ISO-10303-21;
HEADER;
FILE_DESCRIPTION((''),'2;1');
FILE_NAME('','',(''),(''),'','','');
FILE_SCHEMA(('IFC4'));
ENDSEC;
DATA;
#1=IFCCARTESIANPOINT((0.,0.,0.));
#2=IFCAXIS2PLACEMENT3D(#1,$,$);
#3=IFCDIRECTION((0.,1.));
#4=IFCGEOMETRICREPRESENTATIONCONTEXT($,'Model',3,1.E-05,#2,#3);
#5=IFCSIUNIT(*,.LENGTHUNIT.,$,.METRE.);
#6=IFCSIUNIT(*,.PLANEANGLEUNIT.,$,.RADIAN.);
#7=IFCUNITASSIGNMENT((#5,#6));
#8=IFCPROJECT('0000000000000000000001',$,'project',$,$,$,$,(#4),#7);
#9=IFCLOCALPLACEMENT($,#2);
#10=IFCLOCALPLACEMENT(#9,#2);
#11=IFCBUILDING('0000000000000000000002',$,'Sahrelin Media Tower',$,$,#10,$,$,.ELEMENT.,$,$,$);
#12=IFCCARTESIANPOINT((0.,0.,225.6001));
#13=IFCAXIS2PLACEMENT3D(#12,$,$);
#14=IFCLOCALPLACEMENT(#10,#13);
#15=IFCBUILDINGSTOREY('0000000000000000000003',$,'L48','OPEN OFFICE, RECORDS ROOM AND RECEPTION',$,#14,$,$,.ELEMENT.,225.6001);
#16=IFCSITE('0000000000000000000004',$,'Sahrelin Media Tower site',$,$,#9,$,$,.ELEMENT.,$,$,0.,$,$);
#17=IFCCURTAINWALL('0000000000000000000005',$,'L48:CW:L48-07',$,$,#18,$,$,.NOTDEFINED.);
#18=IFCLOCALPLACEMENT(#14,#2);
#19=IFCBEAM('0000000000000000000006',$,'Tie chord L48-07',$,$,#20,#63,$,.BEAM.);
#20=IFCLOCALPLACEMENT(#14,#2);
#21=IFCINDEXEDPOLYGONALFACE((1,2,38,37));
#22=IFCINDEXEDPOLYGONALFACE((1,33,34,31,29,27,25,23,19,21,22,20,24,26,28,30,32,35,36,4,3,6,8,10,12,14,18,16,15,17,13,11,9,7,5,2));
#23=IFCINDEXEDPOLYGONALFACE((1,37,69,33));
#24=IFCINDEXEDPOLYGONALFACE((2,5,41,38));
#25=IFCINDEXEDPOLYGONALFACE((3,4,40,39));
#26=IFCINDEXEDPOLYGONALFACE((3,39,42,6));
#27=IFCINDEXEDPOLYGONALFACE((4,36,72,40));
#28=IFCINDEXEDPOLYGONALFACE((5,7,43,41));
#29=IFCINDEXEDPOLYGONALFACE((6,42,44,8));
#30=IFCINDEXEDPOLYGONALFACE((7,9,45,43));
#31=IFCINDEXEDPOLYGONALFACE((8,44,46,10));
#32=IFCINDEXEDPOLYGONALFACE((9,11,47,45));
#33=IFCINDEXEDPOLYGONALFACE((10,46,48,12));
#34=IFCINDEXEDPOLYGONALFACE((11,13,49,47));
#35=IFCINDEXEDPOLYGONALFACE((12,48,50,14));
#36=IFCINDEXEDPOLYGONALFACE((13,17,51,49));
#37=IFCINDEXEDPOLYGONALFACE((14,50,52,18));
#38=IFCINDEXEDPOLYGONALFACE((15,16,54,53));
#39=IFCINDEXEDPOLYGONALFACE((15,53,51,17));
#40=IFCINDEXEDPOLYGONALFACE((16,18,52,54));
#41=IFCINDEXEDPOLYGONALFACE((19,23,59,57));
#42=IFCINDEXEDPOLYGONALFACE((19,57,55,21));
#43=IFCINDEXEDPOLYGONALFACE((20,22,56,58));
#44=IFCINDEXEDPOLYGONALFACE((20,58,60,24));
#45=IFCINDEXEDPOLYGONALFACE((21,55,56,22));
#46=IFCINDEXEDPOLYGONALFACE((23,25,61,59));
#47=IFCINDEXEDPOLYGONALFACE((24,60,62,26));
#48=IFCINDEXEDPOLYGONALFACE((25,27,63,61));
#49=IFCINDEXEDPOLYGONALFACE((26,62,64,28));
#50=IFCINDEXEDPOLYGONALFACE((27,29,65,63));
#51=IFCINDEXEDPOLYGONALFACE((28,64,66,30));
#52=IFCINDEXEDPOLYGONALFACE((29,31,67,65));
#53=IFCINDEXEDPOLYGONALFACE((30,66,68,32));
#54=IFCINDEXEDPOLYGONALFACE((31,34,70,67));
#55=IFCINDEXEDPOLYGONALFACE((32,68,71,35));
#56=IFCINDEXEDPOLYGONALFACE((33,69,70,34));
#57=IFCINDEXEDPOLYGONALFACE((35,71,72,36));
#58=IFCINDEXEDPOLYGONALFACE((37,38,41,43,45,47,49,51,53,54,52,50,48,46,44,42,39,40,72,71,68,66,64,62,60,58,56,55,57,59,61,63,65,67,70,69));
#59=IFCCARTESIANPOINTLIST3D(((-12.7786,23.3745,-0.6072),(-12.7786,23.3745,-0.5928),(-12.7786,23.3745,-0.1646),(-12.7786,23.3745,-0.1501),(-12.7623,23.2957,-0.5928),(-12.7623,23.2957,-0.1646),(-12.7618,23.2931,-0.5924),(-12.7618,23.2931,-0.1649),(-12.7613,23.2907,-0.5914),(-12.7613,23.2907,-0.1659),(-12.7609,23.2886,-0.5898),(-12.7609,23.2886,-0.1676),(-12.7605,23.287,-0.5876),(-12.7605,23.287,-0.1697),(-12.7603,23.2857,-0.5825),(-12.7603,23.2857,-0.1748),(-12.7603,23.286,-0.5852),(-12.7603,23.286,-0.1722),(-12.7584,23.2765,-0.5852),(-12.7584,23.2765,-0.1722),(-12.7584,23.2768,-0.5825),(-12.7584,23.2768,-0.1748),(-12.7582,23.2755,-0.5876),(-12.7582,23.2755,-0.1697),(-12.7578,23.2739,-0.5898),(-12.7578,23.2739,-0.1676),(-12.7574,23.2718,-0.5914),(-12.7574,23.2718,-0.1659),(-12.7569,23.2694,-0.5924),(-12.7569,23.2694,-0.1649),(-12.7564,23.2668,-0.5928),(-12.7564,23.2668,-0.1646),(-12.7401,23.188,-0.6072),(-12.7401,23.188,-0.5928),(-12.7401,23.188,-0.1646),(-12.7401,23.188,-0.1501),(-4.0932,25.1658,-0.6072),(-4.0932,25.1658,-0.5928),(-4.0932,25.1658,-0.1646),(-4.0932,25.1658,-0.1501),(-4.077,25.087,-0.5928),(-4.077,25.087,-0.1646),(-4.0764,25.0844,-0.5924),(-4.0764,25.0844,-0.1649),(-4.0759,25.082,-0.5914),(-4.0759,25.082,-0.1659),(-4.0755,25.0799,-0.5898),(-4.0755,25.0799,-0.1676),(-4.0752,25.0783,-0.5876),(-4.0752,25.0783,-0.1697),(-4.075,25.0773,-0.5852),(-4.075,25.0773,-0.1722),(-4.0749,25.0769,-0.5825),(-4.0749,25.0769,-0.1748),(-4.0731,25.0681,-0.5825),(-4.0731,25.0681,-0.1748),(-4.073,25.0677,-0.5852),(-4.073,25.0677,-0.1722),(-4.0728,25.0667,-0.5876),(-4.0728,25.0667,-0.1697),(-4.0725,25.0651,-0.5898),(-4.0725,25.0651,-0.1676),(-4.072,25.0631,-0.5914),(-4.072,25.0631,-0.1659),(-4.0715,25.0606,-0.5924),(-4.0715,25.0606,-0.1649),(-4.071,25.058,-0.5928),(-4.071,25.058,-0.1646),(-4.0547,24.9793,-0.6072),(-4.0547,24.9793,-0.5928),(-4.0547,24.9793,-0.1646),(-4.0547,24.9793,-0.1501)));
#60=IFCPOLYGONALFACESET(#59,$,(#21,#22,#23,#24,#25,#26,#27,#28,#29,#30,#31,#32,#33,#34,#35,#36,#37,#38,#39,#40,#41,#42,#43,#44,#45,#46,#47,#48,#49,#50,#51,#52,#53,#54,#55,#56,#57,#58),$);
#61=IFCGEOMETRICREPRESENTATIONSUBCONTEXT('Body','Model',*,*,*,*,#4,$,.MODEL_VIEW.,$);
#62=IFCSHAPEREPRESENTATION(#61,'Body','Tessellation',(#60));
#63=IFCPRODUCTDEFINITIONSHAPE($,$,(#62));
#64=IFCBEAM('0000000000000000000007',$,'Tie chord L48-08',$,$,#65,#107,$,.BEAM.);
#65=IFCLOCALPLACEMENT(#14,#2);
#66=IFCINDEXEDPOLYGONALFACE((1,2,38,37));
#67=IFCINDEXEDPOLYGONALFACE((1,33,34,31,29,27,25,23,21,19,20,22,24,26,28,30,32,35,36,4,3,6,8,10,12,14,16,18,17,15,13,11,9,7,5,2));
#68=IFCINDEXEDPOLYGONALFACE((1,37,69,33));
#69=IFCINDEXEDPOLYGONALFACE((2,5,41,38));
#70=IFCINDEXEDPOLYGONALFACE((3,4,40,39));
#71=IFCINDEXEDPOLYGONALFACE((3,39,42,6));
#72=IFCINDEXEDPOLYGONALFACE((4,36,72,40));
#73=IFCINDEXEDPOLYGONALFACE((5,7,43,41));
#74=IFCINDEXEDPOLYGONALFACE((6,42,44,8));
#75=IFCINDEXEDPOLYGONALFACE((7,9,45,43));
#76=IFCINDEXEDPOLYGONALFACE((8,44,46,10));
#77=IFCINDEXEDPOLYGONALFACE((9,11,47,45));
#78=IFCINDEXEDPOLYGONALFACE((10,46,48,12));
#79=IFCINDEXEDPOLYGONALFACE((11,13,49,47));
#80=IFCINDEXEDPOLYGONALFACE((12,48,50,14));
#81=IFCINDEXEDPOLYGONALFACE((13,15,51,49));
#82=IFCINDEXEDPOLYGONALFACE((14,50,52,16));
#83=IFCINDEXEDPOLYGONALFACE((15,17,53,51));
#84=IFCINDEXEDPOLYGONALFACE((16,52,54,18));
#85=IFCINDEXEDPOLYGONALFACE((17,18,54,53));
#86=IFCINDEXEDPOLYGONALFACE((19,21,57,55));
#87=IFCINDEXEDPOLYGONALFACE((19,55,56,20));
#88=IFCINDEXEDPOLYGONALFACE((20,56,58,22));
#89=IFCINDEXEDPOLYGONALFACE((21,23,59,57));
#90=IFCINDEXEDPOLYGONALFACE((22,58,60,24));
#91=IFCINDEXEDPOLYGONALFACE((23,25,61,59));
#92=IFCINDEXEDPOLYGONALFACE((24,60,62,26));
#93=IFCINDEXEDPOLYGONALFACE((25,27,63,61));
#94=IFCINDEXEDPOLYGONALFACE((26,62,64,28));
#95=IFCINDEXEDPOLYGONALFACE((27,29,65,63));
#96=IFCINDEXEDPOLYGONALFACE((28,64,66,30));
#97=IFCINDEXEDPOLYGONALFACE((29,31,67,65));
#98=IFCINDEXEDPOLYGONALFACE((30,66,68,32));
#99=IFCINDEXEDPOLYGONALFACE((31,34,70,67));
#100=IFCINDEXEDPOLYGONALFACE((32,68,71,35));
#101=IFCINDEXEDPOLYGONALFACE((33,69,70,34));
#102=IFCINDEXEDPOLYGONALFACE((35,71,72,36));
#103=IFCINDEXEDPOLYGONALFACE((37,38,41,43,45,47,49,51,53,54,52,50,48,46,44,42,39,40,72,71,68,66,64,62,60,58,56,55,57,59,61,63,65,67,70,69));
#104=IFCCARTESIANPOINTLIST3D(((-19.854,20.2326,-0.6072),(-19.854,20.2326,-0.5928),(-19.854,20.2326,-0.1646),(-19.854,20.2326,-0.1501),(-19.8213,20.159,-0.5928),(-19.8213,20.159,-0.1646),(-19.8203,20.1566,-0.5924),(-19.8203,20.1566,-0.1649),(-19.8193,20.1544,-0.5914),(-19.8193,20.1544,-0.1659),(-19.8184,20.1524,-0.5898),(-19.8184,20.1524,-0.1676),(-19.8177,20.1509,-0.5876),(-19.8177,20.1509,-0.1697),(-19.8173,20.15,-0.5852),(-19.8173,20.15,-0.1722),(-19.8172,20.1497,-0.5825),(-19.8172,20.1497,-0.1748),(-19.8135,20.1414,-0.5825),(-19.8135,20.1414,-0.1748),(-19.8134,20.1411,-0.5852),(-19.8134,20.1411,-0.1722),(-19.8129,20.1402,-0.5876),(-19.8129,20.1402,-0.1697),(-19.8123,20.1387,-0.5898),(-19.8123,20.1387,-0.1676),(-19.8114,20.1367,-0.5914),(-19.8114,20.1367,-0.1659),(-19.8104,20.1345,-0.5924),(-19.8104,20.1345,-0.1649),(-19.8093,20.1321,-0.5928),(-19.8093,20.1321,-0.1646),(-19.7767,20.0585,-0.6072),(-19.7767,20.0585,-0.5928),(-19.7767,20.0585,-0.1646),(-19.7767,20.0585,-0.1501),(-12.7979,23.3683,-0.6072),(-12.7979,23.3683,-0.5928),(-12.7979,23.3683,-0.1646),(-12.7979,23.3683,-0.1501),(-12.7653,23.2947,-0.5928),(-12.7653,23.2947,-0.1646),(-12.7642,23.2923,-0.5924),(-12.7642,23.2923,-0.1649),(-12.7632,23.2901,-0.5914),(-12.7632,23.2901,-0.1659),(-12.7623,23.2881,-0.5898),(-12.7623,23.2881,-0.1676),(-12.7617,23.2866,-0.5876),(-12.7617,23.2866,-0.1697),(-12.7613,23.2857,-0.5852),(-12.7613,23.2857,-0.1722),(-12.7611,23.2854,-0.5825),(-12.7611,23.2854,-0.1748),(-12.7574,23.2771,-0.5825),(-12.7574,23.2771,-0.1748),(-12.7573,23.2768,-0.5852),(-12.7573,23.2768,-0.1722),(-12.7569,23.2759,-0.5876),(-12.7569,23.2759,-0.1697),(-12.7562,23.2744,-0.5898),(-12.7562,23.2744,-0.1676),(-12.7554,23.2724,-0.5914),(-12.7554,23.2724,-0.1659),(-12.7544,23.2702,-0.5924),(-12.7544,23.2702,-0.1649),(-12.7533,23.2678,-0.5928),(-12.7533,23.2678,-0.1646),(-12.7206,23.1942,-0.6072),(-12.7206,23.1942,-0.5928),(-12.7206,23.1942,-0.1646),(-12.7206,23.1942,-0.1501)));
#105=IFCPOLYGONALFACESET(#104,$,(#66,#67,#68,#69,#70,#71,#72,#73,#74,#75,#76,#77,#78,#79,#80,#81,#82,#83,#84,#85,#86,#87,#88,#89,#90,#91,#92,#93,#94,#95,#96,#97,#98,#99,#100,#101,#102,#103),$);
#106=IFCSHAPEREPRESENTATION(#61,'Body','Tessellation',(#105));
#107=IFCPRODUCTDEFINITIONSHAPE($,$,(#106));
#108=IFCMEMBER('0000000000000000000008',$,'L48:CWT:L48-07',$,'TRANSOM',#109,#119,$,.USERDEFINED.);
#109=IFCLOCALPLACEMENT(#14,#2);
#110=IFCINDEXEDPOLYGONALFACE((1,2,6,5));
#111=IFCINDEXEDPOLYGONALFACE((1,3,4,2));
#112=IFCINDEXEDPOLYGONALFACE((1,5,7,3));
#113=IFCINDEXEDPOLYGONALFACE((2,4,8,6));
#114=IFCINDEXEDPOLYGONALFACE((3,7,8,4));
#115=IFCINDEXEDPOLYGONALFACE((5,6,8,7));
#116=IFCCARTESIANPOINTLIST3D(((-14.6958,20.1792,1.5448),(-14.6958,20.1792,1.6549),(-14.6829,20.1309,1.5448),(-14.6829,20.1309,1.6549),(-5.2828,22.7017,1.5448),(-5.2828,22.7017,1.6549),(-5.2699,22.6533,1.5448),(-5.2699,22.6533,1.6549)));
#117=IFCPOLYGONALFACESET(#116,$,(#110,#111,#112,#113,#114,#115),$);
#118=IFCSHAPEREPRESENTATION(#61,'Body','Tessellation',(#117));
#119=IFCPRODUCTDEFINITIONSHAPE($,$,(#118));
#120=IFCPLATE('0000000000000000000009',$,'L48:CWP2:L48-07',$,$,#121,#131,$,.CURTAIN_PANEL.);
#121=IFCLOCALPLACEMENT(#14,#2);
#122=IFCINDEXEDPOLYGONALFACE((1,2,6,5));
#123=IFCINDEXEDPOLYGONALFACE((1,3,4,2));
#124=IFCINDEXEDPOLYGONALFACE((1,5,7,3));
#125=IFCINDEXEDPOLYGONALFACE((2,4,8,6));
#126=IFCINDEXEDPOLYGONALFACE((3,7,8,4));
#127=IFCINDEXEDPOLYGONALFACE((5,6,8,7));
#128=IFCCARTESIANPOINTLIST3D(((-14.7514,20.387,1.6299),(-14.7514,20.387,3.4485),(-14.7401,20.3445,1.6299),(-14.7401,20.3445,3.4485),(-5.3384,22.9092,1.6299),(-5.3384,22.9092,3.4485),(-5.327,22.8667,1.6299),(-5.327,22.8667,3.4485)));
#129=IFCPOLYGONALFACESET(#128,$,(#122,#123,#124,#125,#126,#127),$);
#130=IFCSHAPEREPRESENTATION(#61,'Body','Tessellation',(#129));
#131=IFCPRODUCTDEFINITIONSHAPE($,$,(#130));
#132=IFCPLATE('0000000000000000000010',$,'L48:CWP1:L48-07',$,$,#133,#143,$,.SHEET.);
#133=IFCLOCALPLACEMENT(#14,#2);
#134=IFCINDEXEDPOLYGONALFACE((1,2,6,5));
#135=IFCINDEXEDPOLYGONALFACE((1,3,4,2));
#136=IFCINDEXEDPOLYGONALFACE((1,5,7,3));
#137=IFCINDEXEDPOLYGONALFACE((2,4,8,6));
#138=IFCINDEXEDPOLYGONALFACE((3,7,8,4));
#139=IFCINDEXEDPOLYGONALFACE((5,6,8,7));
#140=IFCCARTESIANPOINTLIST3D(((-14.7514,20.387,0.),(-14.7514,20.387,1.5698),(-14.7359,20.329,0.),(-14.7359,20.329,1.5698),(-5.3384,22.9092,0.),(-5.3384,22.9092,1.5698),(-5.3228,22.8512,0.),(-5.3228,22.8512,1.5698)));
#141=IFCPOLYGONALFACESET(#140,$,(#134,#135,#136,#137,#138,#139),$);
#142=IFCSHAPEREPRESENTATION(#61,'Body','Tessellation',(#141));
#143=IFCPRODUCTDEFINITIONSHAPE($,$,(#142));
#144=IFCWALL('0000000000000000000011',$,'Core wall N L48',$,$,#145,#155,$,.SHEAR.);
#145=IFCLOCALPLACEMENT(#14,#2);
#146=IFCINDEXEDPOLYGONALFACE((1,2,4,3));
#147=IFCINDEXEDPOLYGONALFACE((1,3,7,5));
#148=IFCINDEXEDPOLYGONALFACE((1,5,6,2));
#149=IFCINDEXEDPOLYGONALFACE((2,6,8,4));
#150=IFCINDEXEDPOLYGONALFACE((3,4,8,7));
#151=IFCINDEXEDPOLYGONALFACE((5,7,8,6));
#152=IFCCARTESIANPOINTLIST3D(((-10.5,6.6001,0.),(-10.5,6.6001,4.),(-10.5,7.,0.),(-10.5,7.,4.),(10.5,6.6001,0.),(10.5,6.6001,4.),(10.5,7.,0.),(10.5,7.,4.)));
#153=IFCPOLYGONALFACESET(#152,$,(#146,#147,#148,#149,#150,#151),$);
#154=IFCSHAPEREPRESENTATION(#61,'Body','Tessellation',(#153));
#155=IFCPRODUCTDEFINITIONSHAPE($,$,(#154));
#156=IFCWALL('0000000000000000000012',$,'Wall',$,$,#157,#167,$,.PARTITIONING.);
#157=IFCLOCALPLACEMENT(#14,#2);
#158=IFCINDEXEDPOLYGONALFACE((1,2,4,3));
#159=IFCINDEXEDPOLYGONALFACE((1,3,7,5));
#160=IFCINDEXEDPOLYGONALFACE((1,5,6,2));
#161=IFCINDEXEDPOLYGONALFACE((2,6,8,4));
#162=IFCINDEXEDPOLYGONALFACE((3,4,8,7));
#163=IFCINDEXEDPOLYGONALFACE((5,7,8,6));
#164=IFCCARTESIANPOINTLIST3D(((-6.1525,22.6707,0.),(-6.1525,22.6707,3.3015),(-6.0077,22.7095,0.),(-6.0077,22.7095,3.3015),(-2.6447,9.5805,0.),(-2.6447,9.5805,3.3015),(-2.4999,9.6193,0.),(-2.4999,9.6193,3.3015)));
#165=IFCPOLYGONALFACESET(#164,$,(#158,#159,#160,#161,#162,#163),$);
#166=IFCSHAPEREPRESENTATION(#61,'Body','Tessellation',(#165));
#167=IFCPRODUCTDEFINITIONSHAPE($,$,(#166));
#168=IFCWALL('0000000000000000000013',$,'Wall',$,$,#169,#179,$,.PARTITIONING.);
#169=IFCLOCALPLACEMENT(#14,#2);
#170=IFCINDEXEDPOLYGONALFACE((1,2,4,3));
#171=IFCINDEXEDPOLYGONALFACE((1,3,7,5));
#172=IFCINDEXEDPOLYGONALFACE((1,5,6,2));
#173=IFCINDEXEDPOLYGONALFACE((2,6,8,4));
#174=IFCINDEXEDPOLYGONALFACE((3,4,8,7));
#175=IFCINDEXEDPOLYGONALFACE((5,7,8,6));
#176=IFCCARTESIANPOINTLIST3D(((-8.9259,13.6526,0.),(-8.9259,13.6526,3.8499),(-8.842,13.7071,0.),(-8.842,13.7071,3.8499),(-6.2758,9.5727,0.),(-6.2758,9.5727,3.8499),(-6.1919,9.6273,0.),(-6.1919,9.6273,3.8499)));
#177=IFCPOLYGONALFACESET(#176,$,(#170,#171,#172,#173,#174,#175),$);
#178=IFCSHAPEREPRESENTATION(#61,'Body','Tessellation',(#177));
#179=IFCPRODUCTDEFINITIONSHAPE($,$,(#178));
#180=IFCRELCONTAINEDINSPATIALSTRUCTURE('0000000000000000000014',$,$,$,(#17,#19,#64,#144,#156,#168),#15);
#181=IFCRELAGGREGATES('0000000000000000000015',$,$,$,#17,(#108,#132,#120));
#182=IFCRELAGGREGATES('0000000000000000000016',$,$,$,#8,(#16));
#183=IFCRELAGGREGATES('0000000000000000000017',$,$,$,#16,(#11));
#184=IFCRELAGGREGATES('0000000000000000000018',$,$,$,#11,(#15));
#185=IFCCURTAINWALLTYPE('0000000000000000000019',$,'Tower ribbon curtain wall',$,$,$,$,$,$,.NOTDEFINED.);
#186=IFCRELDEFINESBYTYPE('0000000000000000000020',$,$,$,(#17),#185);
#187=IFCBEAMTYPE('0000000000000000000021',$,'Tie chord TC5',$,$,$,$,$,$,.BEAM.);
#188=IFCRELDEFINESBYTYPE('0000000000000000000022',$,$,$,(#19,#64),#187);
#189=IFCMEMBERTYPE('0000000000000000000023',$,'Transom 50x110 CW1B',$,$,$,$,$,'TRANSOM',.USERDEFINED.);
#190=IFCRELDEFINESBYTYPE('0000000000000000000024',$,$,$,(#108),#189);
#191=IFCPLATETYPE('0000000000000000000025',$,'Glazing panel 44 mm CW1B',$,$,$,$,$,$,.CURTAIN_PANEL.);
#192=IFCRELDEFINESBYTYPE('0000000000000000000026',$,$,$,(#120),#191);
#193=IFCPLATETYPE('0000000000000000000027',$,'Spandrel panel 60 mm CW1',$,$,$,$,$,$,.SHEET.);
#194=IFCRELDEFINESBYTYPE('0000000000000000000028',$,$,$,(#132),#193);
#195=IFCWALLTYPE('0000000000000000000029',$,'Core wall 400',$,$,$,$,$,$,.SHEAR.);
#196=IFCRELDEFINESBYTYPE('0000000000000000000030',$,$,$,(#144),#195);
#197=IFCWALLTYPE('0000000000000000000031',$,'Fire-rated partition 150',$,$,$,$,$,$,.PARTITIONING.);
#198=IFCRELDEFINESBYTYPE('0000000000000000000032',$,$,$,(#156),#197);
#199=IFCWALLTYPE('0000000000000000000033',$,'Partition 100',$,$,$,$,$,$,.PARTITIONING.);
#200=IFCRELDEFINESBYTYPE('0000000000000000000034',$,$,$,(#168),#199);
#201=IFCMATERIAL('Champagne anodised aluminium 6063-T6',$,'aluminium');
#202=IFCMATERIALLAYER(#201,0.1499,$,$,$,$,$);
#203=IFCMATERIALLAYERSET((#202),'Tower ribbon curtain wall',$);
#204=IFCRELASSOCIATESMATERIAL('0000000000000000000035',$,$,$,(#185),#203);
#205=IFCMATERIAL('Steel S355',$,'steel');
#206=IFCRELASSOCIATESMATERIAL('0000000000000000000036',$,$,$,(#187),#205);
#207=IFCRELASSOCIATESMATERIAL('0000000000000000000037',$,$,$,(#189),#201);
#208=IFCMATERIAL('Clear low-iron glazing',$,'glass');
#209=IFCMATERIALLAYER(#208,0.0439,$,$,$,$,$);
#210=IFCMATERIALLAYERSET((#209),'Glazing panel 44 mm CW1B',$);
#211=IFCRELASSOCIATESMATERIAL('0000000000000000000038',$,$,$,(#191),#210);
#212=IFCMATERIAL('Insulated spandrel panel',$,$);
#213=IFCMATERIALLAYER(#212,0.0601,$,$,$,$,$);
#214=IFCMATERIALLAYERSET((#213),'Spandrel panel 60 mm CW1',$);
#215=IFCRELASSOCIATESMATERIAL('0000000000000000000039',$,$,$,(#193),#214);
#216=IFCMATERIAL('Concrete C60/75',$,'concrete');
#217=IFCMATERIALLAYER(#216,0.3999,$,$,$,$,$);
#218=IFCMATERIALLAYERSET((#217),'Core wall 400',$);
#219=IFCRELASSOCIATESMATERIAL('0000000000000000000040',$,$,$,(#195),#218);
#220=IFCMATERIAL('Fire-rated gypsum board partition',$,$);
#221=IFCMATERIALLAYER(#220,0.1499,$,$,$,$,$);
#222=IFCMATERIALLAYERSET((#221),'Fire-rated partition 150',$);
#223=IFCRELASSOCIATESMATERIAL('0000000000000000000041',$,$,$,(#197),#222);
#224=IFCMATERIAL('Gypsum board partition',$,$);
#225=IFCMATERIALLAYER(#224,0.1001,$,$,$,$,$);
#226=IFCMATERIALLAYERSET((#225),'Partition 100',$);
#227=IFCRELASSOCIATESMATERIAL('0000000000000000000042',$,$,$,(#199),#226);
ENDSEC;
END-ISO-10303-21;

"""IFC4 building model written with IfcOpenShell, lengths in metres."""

from ifc_helpers import new_model, si_unit, direction, frame, frame_2d, origin, origin_2d, place, context, subcontext, project, spatial, polyline, rectangle, i_section, outline, extrude, material, layer, layer_set, material_profile, profile_set, type_object, element, aggregate, save


model = new_model("IFC4")

# Units and contexts
model_context = context("Model", 3, precision=1e-05, world=origin(), true_north=direction((0.0, 1.0)))
body_context = subcontext(model_context, "Body", "Model", "MODEL_VIEW")
ifc_project = project(units=[si_unit("LENGTHUNIT", "METRE"), si_unit("PLANEANGLEUNIT", "RADIAN")], contexts=[model_context])

# Site, building, storey
site_placement = place(None, origin())
site = spatial("IfcSite", under=ifc_project, at=site_placement, Name="Sahrelin Media Tower site", CompositionType="ELEMENT", RefElevation=0.0)
building_placement = place(site_placement, origin())
building = spatial("IfcBuilding", under=site, at=building_placement, Name="Sahrelin Media Tower", CompositionType="ELEMENT")
storey_placement = place(building_placement, frame((0.0, 0.0, 225.6001)))
storey = spatial("IfcBuildingStorey", under=building, at=storey_placement, Name="L48", Description="OPEN OFFICE, RECORDS ROOM AND RECEPTION", CompositionType="ELEMENT", Elevation=225.6001)

# Shared definitions
ifc_material_1 = material(Name="Steel S355", Category="steel")

# Curtain wall
ifc_material_2 = material(Name="Champagne anodised aluminium 6063-T6", Category="aluminium")
ifc_layer_1 = layer(ifc_material_2, 0.1499)
ifc_layer_set_1 = layer_set([ifc_layer_1], Name="Tower ribbon curtain wall")
curtain_wall_type = type_object("IfcCurtainWallType", Name="Tower ribbon curtain wall", PredefinedType="NOTDEFINED", material=ifc_layer_set_1)
curtain_wall_1_placement = place(storey_placement, frame((-10.0398, 21.6287, 0.0), z_axis=(0.0, 0.0, 1.0), x_axis=(1.0, 0.0, 0.0)))
curtain_wall_1 = element("IfcCurtainWall", 1, at=curtain_wall_1_placement, inside=storey, type_object=curtain_wall_type, Name="L48:CW:L48-07", PredefinedType="NOTDEFINED")

# Beams
ifc_material_profile_1 = material_profile(ifc_material_1, i_section(OverallWidth=0.1904, OverallDepth=0.457, WebThickness=0.009, FlangeThickness=0.0144, FilletRadius=0.0103, at=origin_2d()), Name="UB 457x191x74")
ifc_profile_set_1 = profile_set([ifc_material_profile_1], Name="Steel S355")
beam_type_1 = type_object("IfcBeamType", Name="Tie chord TC5", PredefinedType="BEAM", material=ifc_profile_set_1)
beam_1_placement = place(storey_placement, frame((-4.074, 25.0725, -0.3787), z_axis=(-0.979388, -0.201989, 0.0), x_axis=(0.201989, -0.979388, 0.0)))
element("IfcBeam", 2, at=beam_1_placement, inside=storey, type_object=beam_type_1, Name="Tie chord L48-07", PredefinedType="BEAM", context=body_context, shape_type="SweptSolid", body=[
    extrude(i_section(OverallWidth=0.1904, OverallDepth=0.457, WebThickness=0.009, FlangeThickness=0.0144, FilletRadius=0.0103, at=origin_2d()), origin(), (0.0, 0.0, 1.0), 8.8682),
])
beam_2_placement = place(storey_placement, frame((-12.7593, 23.2812, -0.3787), z_axis=(-0.913827, -0.406103, 0.0), x_axis=(0.406103, -0.913827, 0.0)))
element("IfcBeam", 3, at=beam_2_placement, inside=storey, type_object=beam_type_1, Name="Tie chord L48-08", PredefinedType="BEAM", context=body_context, shape_type="SweptSolid", body=[
    extrude(i_section(OverallWidth=0.1904, OverallDepth=0.457, WebThickness=0.009, FlangeThickness=0.0144, FilletRadius=0.0103, at=origin_2d()), origin(), (0.0, 0.0, 1.0), 7.7214),
])

# Member
ifc_material_profile_2 = material_profile(ifc_material_2, rectangle(XDim=0.05, YDim=0.1101, at=origin_2d()), Name="Transom 50x110")
ifc_profile_set_2 = profile_set([ifc_material_profile_2], Name="Champagne anodised aluminium 6063-T6")
member_type_1 = type_object("IfcMemberType", Name="Transom 50x110 CW1B", ElementType="TRANSOM", PredefinedType="USERDEFINED", material=ifc_profile_set_2)
member_1_placement = place(storey_placement, frame((-5.2764, 22.6775, 1.5999), z_axis=(-0.96592, -0.258841, 0.0), x_axis=(0.258841, -0.96592, 0.0)))
member_1 = element("IfcMember", 4, at=member_1_placement, type_object=member_type_1, Name="L48:CWT:L48-07", ObjectType="TRANSOM", PredefinedType="USERDEFINED", context=body_context, shape_type="SweptSolid", body=[
    extrude(rectangle(XDim=0.05, YDim=0.1101, at=origin_2d()), origin(), (0.0, 0.0, 1.0), 9.7451),
])

# Plates
ifc_material_3 = material(Name="Clear low-iron glazing", Category="glass")
ifc_layer_2 = layer(ifc_material_3, 0.0439)
ifc_layer_set_2 = layer_set([ifc_layer_2], Name="Glazing panel 44 mm CW1B")
plate_type_1 = type_object("IfcPlateType", Name="Glazing panel 44 mm CW1B", PredefinedType="CURTAIN_PANEL", material=ifc_layer_set_2)
plate_1_placement = place(storey_placement, frame((-5.3384, 22.9092, 1.6299), z_axis=(-0.258818, 0.965926, 0.0), x_axis=(-0.965926, -0.258818, 0.0)))
plate_1 = element("IfcPlate", 5, at=plate_1_placement, type_object=plate_type_1, Name="L48:CWP2:L48-07", PredefinedType="CURTAIN_PANEL", context=body_context, shape_type="SweptSolid", body=[
    extrude(outline(polyline([(0.0, 0.0), (9.7451, 0.0), (9.7451, 1.8186), (0.0, 1.8186), (0.0, 0.0)])), origin(), (0.0, 0.0, -1.0), 0.0439),
])
ifc_material_4 = material(Name="Insulated spandrel panel")
ifc_layer_3 = layer(ifc_material_4, 0.0601)
ifc_layer_set_3 = layer_set([ifc_layer_3], Name="Spandrel panel 60 mm CW1")
plate_type_2 = type_object("IfcPlateType", Name="Spandrel panel 60 mm CW1", PredefinedType="SHEET", material=ifc_layer_set_3)
plate_2_placement = place(storey_placement, frame((-5.3384, 22.9092, 0.0), z_axis=(-0.258818, 0.965926, 0.0), x_axis=(-0.965926, -0.258818, 0.0)))
plate_2 = element("IfcPlate", 6, at=plate_2_placement, type_object=plate_type_2, Name="L48:CWP1:L48-07", PredefinedType="SHEET", context=body_context, shape_type="SweptSolid", body=[
    extrude(outline(polyline([(0.0, 0.0), (9.7451, 0.0), (9.7451, 1.5698), (0.0, 1.5698), (0.0, 0.0)])), origin(), (0.0, 0.0, -1.0), 0.0601),
])
aggregate(curtain_wall_1, [member_1, plate_2, plate_1])

# Walls
ifc_material_5 = material(Name="Concrete C60/75", Category="concrete")
ifc_layer_4 = layer(ifc_material_5, 0.3999)
ifc_layer_set_4 = layer_set([ifc_layer_4], Name="Core wall 400")
wall_type_1 = type_object("IfcWallType", Name="Core wall 400", PredefinedType="SHEAR", material=ifc_layer_set_4)
wall_1_placement = place(storey_placement, frame((-10.5, 6.8, 0.0), z_axis=(0.0, 0.0, 1.0), x_axis=(1.0, 0.0, 0.0)))
element("IfcWall", 7, at=wall_1_placement, inside=storey, type_object=wall_type_1, Name="Core wall N L48", PredefinedType="SHEAR", context=body_context, shape_type="SweptSolid", body=[
    extrude(rectangle(XDim=21.0, YDim=0.3999, at=frame_2d((10.5, 0.0))), origin(), (0.0, 0.0, 1.0), 4.0),
])
ifc_material_6 = material(Name="Fire-rated gypsum board partition")
ifc_layer_5 = layer(ifc_material_6, 0.1499)
ifc_layer_set_5 = layer_set([ifc_layer_5], Name="Fire-rated partition 150")
wall_type_2 = type_object("IfcWallType", Name="Fire-rated partition 150", PredefinedType="PARTITIONING", material=ifc_layer_set_5)
wall_2_placement = place(storey_placement, frame((-6.0801, 22.6899, 0.0), z_axis=(0.0, 0.0, 1.0), x_axis=(0.258842, -0.96592, 0.0)))
element("IfcWall", 8, at=wall_2_placement, inside=storey, type_object=wall_type_2, Name="Wall", PredefinedType="PARTITIONING", context=body_context, shape_type="SweptSolid", body=[
    extrude(rectangle(XDim=13.552, YDim=0.1499, at=frame_2d((6.7759, 0.0))), origin(), (0.0, 0.0, 1.0), 3.3015),
])
ifc_material_7 = material(Name="Gypsum board partition")
ifc_layer_6 = layer(ifc_material_7, 0.1001)
ifc_layer_set_6 = layer_set([ifc_layer_6], Name="Partition 100")
wall_type_3 = type_object("IfcWallType", Name="Partition 100", PredefinedType="PARTITIONING", material=ifc_layer_set_6)
wall_3_placement = place(storey_placement, frame((-8.884, 13.6799, 0.0), z_axis=(0.0, 0.0, 1.0), x_axis=(0.544736, -0.838608, 0.0)))
element("IfcWall", 9, at=wall_3_placement, inside=storey, type_object=wall_type_3, Name="Wall", PredefinedType="PARTITIONING", context=body_context, shape_type="SweptSolid", body=[
    extrude(rectangle(XDim=4.865, YDim=0.1001, at=frame_2d((2.4326, 0.0))), origin(), (0.0, 0.0, 1.0), 3.8499),
])

save(model, "model.ifc")
